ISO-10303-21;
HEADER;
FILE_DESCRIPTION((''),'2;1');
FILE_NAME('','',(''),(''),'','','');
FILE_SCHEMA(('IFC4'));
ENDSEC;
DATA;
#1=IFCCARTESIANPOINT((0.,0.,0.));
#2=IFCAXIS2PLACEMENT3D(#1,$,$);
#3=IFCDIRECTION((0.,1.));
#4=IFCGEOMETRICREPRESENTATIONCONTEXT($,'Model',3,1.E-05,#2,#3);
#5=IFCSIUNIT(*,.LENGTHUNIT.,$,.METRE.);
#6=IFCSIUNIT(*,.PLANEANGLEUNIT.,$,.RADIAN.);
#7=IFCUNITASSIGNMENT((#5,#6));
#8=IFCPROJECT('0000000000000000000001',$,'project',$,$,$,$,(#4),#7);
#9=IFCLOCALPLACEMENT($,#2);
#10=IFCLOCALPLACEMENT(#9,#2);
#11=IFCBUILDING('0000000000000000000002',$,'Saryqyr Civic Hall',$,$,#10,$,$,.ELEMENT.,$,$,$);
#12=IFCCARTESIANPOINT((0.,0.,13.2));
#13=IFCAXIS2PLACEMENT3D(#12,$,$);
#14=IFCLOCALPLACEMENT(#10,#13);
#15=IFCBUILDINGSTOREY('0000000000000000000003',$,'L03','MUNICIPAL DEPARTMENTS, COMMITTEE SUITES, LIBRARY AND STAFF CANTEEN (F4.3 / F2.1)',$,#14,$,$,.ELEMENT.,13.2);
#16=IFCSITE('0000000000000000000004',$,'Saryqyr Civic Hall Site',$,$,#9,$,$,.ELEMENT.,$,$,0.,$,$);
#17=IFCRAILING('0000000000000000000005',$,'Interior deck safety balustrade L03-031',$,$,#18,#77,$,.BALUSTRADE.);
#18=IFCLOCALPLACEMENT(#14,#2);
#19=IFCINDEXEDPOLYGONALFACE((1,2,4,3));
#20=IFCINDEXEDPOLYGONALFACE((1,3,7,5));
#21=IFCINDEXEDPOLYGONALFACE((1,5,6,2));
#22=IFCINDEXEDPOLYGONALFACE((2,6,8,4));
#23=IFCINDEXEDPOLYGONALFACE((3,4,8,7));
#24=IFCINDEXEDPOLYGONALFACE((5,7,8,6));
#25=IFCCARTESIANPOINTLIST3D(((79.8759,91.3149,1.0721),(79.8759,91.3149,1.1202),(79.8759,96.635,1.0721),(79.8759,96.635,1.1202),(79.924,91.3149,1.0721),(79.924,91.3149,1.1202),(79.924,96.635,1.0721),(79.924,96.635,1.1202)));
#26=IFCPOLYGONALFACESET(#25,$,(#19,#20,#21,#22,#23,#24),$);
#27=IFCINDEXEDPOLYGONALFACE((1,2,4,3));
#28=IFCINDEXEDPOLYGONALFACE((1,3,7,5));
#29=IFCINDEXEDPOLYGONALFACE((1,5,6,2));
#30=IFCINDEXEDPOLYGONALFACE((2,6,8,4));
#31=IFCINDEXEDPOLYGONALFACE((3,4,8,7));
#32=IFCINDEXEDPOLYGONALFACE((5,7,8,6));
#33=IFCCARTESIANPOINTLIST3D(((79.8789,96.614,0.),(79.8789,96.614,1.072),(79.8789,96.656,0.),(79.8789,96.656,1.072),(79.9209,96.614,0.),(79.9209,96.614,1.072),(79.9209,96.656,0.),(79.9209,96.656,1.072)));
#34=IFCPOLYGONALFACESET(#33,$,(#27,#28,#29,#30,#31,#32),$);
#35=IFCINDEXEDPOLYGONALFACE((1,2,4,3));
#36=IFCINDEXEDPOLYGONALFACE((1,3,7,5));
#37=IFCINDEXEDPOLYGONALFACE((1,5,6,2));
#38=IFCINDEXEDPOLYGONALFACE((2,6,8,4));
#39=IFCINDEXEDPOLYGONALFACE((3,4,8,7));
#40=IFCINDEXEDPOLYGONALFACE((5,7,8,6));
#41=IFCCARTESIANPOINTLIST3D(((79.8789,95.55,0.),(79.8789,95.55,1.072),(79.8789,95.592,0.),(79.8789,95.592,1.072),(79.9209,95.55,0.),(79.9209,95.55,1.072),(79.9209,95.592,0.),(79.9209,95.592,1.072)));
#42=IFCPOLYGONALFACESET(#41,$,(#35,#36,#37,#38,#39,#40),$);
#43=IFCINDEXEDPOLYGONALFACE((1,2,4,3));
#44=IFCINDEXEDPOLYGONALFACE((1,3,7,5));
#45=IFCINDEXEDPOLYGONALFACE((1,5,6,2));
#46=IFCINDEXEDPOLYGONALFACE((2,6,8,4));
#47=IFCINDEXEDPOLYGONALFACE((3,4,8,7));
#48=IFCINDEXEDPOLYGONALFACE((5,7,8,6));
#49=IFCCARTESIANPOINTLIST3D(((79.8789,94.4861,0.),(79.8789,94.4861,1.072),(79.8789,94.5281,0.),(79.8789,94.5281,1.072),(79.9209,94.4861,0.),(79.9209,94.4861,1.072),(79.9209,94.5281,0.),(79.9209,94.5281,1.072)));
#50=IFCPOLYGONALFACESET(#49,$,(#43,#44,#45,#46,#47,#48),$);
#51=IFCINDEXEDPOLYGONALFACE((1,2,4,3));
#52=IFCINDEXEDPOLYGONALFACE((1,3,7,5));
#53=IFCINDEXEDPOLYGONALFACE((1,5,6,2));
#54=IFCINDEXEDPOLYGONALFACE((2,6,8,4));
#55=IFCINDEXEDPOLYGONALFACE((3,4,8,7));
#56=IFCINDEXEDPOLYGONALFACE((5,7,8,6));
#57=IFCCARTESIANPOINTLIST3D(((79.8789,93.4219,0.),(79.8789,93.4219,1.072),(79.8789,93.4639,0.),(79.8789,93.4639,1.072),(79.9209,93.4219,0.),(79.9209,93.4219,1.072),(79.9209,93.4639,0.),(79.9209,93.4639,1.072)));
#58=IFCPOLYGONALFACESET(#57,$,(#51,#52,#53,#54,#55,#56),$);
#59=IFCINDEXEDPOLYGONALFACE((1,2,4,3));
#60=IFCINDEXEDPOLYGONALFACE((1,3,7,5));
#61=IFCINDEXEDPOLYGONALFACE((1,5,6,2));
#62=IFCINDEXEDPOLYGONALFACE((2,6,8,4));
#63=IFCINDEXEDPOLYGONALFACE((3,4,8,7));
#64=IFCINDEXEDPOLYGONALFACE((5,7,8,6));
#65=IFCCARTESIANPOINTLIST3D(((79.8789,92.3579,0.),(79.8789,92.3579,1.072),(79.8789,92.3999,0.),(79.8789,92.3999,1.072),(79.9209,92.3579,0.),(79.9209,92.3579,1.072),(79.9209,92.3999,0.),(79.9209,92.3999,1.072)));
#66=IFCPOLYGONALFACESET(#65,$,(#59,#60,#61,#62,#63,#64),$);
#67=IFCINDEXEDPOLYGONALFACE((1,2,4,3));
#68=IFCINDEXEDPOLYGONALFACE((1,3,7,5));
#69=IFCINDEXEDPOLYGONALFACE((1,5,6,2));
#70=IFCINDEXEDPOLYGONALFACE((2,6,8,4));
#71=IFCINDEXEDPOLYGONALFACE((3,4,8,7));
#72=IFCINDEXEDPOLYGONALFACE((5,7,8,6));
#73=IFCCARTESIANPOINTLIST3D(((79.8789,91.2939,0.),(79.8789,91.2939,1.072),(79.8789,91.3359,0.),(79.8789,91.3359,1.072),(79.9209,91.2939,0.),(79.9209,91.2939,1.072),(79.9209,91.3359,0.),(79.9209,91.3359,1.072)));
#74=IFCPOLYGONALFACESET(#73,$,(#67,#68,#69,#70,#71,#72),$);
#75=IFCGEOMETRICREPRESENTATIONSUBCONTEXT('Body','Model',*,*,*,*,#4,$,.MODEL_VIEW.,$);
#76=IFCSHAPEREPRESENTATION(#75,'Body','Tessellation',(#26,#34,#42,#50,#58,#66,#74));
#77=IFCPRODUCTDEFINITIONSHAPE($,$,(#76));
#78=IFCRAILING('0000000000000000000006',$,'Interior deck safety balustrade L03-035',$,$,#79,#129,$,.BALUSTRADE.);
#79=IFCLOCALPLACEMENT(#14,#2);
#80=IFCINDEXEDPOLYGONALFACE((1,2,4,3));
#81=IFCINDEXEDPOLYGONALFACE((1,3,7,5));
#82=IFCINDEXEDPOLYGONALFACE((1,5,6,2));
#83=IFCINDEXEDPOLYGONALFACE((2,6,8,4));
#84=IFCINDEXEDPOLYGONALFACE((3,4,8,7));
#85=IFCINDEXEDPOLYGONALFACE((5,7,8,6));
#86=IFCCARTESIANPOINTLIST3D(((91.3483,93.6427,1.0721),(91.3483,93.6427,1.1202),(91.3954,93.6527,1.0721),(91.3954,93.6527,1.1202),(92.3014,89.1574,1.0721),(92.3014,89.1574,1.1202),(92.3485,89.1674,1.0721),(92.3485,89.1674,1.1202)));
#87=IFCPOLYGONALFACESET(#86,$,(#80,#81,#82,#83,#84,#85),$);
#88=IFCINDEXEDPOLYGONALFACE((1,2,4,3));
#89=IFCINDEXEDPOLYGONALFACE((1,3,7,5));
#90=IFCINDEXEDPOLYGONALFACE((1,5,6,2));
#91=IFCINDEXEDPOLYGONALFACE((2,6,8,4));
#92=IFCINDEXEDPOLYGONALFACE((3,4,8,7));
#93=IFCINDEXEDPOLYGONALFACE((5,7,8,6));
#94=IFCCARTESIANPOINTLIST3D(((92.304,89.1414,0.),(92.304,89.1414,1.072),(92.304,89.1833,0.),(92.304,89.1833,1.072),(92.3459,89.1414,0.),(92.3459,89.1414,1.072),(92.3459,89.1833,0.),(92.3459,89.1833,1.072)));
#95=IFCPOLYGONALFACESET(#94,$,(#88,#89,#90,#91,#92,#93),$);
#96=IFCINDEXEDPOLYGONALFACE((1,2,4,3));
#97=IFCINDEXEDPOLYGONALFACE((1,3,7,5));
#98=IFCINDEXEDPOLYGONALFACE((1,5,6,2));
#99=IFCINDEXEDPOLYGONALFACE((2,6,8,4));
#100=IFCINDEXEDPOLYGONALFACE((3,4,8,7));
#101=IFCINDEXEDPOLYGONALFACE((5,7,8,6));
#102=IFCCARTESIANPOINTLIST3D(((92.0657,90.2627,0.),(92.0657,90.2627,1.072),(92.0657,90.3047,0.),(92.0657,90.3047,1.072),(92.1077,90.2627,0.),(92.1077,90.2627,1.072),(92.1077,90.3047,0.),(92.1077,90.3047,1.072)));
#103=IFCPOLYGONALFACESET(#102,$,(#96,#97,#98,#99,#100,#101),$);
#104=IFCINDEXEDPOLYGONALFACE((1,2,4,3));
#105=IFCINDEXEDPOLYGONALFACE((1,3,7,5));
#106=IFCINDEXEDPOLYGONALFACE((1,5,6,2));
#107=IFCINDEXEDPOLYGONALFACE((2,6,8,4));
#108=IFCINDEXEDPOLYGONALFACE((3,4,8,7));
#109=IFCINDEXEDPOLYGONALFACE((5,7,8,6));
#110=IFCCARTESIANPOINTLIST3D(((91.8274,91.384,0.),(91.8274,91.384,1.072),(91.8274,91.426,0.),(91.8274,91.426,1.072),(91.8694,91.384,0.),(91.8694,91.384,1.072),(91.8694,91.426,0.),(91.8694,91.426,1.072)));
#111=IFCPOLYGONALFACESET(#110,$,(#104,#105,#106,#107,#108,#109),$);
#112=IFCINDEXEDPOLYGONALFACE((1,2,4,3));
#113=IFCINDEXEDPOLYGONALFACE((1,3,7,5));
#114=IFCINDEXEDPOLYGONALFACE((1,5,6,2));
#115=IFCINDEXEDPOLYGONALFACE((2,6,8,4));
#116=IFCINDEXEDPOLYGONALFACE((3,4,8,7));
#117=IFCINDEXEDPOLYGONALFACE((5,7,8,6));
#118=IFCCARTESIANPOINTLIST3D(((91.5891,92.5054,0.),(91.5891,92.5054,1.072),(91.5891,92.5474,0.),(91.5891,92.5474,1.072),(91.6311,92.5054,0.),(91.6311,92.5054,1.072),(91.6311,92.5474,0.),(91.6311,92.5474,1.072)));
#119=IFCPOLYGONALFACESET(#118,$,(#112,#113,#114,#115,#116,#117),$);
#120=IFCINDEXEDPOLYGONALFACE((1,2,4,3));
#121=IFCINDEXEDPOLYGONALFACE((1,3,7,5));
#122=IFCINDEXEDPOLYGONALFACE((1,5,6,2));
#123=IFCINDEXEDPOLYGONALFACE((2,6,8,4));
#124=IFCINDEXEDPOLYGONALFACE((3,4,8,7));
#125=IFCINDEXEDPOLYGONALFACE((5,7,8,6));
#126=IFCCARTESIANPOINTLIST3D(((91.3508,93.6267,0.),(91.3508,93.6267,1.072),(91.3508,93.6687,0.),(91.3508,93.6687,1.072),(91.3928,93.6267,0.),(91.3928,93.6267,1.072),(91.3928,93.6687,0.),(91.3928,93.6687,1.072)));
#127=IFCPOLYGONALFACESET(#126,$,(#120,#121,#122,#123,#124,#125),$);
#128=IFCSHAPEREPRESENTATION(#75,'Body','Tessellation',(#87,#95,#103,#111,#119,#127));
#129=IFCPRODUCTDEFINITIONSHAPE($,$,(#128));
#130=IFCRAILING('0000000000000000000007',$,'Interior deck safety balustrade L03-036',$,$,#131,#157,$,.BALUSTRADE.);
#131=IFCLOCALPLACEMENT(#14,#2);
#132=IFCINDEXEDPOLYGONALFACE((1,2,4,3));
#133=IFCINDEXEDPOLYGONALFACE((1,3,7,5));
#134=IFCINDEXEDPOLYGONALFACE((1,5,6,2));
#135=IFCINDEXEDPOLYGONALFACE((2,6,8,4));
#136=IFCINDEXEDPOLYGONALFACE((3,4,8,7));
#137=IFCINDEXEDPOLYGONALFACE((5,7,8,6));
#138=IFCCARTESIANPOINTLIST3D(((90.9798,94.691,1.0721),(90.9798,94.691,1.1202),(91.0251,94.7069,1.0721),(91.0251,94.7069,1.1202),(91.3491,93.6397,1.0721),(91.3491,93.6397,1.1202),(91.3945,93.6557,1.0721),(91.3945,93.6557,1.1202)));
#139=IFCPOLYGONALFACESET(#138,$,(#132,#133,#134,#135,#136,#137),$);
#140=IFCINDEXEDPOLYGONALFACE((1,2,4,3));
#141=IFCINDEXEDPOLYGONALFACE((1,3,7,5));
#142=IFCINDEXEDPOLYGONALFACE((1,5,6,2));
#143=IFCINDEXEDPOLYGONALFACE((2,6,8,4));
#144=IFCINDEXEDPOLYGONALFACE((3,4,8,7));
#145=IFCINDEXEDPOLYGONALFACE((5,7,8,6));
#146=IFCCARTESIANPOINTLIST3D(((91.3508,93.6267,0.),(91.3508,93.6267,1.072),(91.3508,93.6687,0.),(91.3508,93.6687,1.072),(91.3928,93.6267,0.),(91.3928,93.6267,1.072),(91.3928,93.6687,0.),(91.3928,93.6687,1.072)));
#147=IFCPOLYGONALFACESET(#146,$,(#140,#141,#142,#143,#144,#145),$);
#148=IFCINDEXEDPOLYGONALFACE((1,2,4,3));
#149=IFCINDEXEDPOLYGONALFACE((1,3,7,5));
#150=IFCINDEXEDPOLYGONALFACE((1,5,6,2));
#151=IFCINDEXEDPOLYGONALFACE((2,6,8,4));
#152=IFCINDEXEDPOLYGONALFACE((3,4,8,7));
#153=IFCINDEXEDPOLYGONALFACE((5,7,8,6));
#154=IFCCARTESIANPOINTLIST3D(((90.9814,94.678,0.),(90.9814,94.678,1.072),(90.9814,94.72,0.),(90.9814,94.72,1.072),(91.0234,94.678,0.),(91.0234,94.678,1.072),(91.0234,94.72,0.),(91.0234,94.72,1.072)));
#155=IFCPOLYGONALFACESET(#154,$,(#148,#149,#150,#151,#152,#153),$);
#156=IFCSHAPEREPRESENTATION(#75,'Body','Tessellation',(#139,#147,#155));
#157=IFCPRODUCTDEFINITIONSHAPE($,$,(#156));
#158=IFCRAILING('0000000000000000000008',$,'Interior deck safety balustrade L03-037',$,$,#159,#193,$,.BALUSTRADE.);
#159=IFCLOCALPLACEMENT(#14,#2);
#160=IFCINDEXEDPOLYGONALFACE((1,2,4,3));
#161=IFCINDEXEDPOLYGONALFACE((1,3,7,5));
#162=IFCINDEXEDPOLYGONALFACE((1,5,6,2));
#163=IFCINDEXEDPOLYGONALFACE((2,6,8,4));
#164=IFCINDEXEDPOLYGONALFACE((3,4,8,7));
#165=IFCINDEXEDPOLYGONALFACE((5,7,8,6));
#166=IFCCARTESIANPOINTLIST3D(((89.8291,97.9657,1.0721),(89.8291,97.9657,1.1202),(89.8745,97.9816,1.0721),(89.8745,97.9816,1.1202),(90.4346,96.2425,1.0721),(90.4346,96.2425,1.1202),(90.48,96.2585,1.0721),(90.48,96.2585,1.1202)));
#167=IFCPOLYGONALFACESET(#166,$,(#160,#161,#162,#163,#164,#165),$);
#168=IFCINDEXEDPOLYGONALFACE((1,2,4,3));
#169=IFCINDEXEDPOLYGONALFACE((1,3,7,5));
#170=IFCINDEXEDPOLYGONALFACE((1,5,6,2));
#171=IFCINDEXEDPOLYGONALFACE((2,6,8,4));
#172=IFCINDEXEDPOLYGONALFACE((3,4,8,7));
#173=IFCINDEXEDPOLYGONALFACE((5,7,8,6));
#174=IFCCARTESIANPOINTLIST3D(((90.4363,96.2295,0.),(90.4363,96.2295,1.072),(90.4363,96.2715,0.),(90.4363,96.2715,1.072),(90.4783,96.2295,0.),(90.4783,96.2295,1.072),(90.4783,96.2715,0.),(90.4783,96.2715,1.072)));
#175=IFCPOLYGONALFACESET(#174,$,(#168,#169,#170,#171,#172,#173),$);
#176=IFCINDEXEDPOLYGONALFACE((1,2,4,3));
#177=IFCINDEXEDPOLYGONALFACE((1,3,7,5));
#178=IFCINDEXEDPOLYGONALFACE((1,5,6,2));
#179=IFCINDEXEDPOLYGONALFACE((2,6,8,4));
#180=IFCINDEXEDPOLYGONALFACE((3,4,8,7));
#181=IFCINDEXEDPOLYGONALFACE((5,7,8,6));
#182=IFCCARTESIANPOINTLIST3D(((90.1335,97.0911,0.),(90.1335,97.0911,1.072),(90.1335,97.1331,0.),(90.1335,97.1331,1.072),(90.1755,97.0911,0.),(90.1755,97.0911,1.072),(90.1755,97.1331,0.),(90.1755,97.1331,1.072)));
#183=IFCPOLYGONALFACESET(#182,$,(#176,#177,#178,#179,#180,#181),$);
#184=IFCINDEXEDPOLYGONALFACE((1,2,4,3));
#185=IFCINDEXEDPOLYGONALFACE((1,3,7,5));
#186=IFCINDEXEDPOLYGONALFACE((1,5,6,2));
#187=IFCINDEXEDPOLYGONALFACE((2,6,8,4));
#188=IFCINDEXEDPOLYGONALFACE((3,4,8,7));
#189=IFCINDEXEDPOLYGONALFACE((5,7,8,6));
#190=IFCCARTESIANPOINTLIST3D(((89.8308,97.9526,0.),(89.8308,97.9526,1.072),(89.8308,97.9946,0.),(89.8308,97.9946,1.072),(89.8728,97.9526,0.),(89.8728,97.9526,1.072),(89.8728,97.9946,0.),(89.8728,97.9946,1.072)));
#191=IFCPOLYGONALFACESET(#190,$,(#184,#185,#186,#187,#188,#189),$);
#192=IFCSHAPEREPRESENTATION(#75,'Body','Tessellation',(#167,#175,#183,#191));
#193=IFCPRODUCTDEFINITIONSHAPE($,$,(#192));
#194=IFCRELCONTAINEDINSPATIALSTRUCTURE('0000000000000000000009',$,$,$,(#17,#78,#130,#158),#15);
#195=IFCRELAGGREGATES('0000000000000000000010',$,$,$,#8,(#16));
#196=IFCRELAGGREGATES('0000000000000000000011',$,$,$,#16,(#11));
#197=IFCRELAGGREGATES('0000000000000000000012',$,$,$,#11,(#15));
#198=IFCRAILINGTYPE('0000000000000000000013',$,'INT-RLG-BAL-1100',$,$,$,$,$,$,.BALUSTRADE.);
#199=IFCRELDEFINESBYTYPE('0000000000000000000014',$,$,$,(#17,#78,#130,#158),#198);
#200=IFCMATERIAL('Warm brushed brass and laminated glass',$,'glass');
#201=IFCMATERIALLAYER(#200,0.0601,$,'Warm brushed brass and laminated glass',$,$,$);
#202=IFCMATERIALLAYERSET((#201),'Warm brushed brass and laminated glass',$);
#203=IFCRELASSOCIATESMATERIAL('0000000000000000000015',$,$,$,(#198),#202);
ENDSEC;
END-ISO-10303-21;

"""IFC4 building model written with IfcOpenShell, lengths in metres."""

from ifc_helpers import new_model, si_unit, direction, frame, origin, origin_2d, place, context, subcontext, project, spatial, rectangle, extrude, material, layer, layer_set, type_object, element, save


model = new_model("IFC4")

# Units and contexts
model_context = context("Model", 3, precision=1e-05, world=origin(), true_north=direction((0.0, 1.0)))
body_context = subcontext(model_context, "Body", "Model", "MODEL_VIEW")
ifc_project = project(units=[si_unit("LENGTHUNIT", "METRE"), si_unit("PLANEANGLEUNIT", "RADIAN")], contexts=[model_context])

# Site, building, storey
site_placement = place(None, origin())
site = spatial("IfcSite", under=ifc_project, at=site_placement, Name="Saryqyr Civic Hall Site", CompositionType="ELEMENT", RefElevation=0.0)
building_placement = place(site_placement, origin())
building = spatial("IfcBuilding", under=site, at=building_placement, Name="Saryqyr Civic Hall", CompositionType="ELEMENT")
storey_placement = place(building_placement, frame((0.0, 0.0, 13.2)))
storey = spatial("IfcBuildingStorey", under=building, at=storey_placement, Name="L03", Description="MUNICIPAL DEPARTMENTS, COMMITTEE SUITES, LIBRARY AND STAFF CANTEEN (F4.3 / F2.1)", CompositionType="ELEMENT", Elevation=13.2)

# Railings
ifc_material_1 = material(Name="Warm brushed brass and laminated glass", Category="glass")
ifc_layer_1 = layer(ifc_material_1, 0.0601, Name="Warm brushed brass and laminated glass")
ifc_layer_set_1 = layer_set([ifc_layer_1], Name="Warm brushed brass and laminated glass")
railing_type = type_object("IfcRailingType", Name="INT-RLG-BAL-1100", PredefinedType="BALUSTRADE", material=ifc_layer_set_1)
railing_1_placement = place(storey_placement, frame((79.8999, 96.635, 0.0)))
element("IfcRailing", 1, at=railing_1_placement, inside=storey, type_object=railing_type, Name="Interior deck safety balustrade L03-031", PredefinedType="BALUSTRADE", context=body_context, shape_type="SweptSolid", body=[
    extrude(rectangle(XDim=0.0481, YDim=0.0481, at=origin_2d()), frame((0.0, 0.0, 1.0962), z_axis=(0.0, -1.0, 0.0), x_axis=(1.0, 0.0, 0.0)), (0.0, 0.0, 1.0), 5.3201),
    extrude(rectangle(XDim=0.042, YDim=0.042, at=origin_2d()), origin(), (0.0, 0.0, 1.0), 1.072),
    extrude(rectangle(XDim=0.042, YDim=0.042, at=origin_2d()), frame((0.0, -1.064, 0.0)), (0.0, 0.0, 1.0), 1.072),
    extrude(rectangle(XDim=0.042, YDim=0.042, at=origin_2d()), frame((0.0, -2.1279, 0.0)), (0.0, 0.0, 1.0), 1.072),
    extrude(rectangle(XDim=0.042, YDim=0.042, at=origin_2d()), frame((0.0, -3.1921, 0.0)), (0.0, 0.0, 1.0), 1.072),
    extrude(rectangle(XDim=0.042, YDim=0.042, at=origin_2d()), frame((0.0, -4.2561, 0.0)), (0.0, 0.0, 1.0), 1.072),
    extrude(rectangle(XDim=0.042, YDim=0.042, at=origin_2d()), frame((0.0, -5.3201, 0.0)), (0.0, 0.0, 1.0), 1.072),
])
railing_2_placement = place(storey_placement, frame((92.325, 89.1624, 0.0)))
element("IfcRailing", 2, at=railing_2_placement, inside=storey, type_object=railing_type, Name="Interior deck safety balustrade L03-035", PredefinedType="BALUSTRADE", context=body_context, shape_type="SweptSolid", body=[
    extrude(rectangle(XDim=0.0481, YDim=0.0481, at=origin_2d()), frame((0.0, 0.0, 1.0962), z_axis=(-0.207856, 0.978159, 0.0), x_axis=(-0.978159, -0.207856, 0.0)), (0.0, 0.0, 1.0), 4.5854),
    extrude(rectangle(XDim=0.042, YDim=0.042, at=origin_2d()), origin(), (0.0, 0.0, 1.0), 1.072),
    extrude(rectangle(XDim=0.042, YDim=0.042, at=origin_2d()), frame((-0.2383, 1.1213, 0.0)), (0.0, 0.0, 1.0), 1.072),
    extrude(rectangle(XDim=0.042, YDim=0.042, at=origin_2d()), frame((-0.4766, 2.2427, 0.0)), (0.0, 0.0, 1.0), 1.072),
    extrude(rectangle(XDim=0.042, YDim=0.042, at=origin_2d()), frame((-0.7148, 3.364, 0.0)), (0.0, 0.0, 1.0), 1.072),
    extrude(rectangle(XDim=0.042, YDim=0.042, at=origin_2d()), frame((-0.9531, 4.4854, 0.0)), (0.0, 0.0, 1.0), 1.072),
])
railing_3_placement = place(storey_placement, frame((91.3718, 93.6477, 0.0)))
element("IfcRailing", 3, at=railing_3_placement, inside=storey, type_object=railing_type, Name="Interior deck safety balustrade L03-036", PredefinedType="BALUSTRADE", context=body_context, shape_type="SweptSolid", body=[
    extrude(rectangle(XDim=0.0481, YDim=0.0481, at=origin_2d()), frame((0.0, 0.0, 1.0962), z_axis=(-0.331502, 0.943455, 0.0), x_axis=(-0.943455, -0.331502, 0.0)), (0.0, 0.0, 1.0), 1.1143),
    extrude(rectangle(XDim=0.042, YDim=0.042, at=origin_2d()), origin(), (0.0, 0.0, 1.0), 1.072),
    extrude(rectangle(XDim=0.042, YDim=0.042, at=origin_2d()), frame((-0.3694, 1.0513, 0.0)), (0.0, 0.0, 1.0), 1.072),
])
railing_4_placement = place(storey_placement, frame((90.4573, 96.2505, 0.0)))
element("IfcRailing", 4, at=railing_4_placement, inside=storey, type_object=railing_type, Name="Interior deck safety balustrade L03-037", PredefinedType="BALUSTRADE", context=body_context, shape_type="SweptSolid", body=[
    extrude(rectangle(XDim=0.0481, YDim=0.0481, at=origin_2d()), frame((0.0, 0.0, 1.0962), z_axis=(-0.331505, 0.943453, 0.0), x_axis=(-0.943453, -0.331505, 0.0)), (0.0, 0.0, 1.0), 1.8264),
    extrude(rectangle(XDim=0.042, YDim=0.042, at=origin_2d()), origin(), (0.0, 0.0, 1.0), 1.072),
    extrude(rectangle(XDim=0.042, YDim=0.042, at=origin_2d()), frame((-0.3027, 0.8616, 0.0)), (0.0, 0.0, 1.0), 1.072),
    extrude(rectangle(XDim=0.042, YDim=0.042, at=origin_2d()), frame((-0.6055, 1.7231, 0.0)), (0.0, 0.0, 1.0), 1.072),
])

save(model, "model.ifc")
